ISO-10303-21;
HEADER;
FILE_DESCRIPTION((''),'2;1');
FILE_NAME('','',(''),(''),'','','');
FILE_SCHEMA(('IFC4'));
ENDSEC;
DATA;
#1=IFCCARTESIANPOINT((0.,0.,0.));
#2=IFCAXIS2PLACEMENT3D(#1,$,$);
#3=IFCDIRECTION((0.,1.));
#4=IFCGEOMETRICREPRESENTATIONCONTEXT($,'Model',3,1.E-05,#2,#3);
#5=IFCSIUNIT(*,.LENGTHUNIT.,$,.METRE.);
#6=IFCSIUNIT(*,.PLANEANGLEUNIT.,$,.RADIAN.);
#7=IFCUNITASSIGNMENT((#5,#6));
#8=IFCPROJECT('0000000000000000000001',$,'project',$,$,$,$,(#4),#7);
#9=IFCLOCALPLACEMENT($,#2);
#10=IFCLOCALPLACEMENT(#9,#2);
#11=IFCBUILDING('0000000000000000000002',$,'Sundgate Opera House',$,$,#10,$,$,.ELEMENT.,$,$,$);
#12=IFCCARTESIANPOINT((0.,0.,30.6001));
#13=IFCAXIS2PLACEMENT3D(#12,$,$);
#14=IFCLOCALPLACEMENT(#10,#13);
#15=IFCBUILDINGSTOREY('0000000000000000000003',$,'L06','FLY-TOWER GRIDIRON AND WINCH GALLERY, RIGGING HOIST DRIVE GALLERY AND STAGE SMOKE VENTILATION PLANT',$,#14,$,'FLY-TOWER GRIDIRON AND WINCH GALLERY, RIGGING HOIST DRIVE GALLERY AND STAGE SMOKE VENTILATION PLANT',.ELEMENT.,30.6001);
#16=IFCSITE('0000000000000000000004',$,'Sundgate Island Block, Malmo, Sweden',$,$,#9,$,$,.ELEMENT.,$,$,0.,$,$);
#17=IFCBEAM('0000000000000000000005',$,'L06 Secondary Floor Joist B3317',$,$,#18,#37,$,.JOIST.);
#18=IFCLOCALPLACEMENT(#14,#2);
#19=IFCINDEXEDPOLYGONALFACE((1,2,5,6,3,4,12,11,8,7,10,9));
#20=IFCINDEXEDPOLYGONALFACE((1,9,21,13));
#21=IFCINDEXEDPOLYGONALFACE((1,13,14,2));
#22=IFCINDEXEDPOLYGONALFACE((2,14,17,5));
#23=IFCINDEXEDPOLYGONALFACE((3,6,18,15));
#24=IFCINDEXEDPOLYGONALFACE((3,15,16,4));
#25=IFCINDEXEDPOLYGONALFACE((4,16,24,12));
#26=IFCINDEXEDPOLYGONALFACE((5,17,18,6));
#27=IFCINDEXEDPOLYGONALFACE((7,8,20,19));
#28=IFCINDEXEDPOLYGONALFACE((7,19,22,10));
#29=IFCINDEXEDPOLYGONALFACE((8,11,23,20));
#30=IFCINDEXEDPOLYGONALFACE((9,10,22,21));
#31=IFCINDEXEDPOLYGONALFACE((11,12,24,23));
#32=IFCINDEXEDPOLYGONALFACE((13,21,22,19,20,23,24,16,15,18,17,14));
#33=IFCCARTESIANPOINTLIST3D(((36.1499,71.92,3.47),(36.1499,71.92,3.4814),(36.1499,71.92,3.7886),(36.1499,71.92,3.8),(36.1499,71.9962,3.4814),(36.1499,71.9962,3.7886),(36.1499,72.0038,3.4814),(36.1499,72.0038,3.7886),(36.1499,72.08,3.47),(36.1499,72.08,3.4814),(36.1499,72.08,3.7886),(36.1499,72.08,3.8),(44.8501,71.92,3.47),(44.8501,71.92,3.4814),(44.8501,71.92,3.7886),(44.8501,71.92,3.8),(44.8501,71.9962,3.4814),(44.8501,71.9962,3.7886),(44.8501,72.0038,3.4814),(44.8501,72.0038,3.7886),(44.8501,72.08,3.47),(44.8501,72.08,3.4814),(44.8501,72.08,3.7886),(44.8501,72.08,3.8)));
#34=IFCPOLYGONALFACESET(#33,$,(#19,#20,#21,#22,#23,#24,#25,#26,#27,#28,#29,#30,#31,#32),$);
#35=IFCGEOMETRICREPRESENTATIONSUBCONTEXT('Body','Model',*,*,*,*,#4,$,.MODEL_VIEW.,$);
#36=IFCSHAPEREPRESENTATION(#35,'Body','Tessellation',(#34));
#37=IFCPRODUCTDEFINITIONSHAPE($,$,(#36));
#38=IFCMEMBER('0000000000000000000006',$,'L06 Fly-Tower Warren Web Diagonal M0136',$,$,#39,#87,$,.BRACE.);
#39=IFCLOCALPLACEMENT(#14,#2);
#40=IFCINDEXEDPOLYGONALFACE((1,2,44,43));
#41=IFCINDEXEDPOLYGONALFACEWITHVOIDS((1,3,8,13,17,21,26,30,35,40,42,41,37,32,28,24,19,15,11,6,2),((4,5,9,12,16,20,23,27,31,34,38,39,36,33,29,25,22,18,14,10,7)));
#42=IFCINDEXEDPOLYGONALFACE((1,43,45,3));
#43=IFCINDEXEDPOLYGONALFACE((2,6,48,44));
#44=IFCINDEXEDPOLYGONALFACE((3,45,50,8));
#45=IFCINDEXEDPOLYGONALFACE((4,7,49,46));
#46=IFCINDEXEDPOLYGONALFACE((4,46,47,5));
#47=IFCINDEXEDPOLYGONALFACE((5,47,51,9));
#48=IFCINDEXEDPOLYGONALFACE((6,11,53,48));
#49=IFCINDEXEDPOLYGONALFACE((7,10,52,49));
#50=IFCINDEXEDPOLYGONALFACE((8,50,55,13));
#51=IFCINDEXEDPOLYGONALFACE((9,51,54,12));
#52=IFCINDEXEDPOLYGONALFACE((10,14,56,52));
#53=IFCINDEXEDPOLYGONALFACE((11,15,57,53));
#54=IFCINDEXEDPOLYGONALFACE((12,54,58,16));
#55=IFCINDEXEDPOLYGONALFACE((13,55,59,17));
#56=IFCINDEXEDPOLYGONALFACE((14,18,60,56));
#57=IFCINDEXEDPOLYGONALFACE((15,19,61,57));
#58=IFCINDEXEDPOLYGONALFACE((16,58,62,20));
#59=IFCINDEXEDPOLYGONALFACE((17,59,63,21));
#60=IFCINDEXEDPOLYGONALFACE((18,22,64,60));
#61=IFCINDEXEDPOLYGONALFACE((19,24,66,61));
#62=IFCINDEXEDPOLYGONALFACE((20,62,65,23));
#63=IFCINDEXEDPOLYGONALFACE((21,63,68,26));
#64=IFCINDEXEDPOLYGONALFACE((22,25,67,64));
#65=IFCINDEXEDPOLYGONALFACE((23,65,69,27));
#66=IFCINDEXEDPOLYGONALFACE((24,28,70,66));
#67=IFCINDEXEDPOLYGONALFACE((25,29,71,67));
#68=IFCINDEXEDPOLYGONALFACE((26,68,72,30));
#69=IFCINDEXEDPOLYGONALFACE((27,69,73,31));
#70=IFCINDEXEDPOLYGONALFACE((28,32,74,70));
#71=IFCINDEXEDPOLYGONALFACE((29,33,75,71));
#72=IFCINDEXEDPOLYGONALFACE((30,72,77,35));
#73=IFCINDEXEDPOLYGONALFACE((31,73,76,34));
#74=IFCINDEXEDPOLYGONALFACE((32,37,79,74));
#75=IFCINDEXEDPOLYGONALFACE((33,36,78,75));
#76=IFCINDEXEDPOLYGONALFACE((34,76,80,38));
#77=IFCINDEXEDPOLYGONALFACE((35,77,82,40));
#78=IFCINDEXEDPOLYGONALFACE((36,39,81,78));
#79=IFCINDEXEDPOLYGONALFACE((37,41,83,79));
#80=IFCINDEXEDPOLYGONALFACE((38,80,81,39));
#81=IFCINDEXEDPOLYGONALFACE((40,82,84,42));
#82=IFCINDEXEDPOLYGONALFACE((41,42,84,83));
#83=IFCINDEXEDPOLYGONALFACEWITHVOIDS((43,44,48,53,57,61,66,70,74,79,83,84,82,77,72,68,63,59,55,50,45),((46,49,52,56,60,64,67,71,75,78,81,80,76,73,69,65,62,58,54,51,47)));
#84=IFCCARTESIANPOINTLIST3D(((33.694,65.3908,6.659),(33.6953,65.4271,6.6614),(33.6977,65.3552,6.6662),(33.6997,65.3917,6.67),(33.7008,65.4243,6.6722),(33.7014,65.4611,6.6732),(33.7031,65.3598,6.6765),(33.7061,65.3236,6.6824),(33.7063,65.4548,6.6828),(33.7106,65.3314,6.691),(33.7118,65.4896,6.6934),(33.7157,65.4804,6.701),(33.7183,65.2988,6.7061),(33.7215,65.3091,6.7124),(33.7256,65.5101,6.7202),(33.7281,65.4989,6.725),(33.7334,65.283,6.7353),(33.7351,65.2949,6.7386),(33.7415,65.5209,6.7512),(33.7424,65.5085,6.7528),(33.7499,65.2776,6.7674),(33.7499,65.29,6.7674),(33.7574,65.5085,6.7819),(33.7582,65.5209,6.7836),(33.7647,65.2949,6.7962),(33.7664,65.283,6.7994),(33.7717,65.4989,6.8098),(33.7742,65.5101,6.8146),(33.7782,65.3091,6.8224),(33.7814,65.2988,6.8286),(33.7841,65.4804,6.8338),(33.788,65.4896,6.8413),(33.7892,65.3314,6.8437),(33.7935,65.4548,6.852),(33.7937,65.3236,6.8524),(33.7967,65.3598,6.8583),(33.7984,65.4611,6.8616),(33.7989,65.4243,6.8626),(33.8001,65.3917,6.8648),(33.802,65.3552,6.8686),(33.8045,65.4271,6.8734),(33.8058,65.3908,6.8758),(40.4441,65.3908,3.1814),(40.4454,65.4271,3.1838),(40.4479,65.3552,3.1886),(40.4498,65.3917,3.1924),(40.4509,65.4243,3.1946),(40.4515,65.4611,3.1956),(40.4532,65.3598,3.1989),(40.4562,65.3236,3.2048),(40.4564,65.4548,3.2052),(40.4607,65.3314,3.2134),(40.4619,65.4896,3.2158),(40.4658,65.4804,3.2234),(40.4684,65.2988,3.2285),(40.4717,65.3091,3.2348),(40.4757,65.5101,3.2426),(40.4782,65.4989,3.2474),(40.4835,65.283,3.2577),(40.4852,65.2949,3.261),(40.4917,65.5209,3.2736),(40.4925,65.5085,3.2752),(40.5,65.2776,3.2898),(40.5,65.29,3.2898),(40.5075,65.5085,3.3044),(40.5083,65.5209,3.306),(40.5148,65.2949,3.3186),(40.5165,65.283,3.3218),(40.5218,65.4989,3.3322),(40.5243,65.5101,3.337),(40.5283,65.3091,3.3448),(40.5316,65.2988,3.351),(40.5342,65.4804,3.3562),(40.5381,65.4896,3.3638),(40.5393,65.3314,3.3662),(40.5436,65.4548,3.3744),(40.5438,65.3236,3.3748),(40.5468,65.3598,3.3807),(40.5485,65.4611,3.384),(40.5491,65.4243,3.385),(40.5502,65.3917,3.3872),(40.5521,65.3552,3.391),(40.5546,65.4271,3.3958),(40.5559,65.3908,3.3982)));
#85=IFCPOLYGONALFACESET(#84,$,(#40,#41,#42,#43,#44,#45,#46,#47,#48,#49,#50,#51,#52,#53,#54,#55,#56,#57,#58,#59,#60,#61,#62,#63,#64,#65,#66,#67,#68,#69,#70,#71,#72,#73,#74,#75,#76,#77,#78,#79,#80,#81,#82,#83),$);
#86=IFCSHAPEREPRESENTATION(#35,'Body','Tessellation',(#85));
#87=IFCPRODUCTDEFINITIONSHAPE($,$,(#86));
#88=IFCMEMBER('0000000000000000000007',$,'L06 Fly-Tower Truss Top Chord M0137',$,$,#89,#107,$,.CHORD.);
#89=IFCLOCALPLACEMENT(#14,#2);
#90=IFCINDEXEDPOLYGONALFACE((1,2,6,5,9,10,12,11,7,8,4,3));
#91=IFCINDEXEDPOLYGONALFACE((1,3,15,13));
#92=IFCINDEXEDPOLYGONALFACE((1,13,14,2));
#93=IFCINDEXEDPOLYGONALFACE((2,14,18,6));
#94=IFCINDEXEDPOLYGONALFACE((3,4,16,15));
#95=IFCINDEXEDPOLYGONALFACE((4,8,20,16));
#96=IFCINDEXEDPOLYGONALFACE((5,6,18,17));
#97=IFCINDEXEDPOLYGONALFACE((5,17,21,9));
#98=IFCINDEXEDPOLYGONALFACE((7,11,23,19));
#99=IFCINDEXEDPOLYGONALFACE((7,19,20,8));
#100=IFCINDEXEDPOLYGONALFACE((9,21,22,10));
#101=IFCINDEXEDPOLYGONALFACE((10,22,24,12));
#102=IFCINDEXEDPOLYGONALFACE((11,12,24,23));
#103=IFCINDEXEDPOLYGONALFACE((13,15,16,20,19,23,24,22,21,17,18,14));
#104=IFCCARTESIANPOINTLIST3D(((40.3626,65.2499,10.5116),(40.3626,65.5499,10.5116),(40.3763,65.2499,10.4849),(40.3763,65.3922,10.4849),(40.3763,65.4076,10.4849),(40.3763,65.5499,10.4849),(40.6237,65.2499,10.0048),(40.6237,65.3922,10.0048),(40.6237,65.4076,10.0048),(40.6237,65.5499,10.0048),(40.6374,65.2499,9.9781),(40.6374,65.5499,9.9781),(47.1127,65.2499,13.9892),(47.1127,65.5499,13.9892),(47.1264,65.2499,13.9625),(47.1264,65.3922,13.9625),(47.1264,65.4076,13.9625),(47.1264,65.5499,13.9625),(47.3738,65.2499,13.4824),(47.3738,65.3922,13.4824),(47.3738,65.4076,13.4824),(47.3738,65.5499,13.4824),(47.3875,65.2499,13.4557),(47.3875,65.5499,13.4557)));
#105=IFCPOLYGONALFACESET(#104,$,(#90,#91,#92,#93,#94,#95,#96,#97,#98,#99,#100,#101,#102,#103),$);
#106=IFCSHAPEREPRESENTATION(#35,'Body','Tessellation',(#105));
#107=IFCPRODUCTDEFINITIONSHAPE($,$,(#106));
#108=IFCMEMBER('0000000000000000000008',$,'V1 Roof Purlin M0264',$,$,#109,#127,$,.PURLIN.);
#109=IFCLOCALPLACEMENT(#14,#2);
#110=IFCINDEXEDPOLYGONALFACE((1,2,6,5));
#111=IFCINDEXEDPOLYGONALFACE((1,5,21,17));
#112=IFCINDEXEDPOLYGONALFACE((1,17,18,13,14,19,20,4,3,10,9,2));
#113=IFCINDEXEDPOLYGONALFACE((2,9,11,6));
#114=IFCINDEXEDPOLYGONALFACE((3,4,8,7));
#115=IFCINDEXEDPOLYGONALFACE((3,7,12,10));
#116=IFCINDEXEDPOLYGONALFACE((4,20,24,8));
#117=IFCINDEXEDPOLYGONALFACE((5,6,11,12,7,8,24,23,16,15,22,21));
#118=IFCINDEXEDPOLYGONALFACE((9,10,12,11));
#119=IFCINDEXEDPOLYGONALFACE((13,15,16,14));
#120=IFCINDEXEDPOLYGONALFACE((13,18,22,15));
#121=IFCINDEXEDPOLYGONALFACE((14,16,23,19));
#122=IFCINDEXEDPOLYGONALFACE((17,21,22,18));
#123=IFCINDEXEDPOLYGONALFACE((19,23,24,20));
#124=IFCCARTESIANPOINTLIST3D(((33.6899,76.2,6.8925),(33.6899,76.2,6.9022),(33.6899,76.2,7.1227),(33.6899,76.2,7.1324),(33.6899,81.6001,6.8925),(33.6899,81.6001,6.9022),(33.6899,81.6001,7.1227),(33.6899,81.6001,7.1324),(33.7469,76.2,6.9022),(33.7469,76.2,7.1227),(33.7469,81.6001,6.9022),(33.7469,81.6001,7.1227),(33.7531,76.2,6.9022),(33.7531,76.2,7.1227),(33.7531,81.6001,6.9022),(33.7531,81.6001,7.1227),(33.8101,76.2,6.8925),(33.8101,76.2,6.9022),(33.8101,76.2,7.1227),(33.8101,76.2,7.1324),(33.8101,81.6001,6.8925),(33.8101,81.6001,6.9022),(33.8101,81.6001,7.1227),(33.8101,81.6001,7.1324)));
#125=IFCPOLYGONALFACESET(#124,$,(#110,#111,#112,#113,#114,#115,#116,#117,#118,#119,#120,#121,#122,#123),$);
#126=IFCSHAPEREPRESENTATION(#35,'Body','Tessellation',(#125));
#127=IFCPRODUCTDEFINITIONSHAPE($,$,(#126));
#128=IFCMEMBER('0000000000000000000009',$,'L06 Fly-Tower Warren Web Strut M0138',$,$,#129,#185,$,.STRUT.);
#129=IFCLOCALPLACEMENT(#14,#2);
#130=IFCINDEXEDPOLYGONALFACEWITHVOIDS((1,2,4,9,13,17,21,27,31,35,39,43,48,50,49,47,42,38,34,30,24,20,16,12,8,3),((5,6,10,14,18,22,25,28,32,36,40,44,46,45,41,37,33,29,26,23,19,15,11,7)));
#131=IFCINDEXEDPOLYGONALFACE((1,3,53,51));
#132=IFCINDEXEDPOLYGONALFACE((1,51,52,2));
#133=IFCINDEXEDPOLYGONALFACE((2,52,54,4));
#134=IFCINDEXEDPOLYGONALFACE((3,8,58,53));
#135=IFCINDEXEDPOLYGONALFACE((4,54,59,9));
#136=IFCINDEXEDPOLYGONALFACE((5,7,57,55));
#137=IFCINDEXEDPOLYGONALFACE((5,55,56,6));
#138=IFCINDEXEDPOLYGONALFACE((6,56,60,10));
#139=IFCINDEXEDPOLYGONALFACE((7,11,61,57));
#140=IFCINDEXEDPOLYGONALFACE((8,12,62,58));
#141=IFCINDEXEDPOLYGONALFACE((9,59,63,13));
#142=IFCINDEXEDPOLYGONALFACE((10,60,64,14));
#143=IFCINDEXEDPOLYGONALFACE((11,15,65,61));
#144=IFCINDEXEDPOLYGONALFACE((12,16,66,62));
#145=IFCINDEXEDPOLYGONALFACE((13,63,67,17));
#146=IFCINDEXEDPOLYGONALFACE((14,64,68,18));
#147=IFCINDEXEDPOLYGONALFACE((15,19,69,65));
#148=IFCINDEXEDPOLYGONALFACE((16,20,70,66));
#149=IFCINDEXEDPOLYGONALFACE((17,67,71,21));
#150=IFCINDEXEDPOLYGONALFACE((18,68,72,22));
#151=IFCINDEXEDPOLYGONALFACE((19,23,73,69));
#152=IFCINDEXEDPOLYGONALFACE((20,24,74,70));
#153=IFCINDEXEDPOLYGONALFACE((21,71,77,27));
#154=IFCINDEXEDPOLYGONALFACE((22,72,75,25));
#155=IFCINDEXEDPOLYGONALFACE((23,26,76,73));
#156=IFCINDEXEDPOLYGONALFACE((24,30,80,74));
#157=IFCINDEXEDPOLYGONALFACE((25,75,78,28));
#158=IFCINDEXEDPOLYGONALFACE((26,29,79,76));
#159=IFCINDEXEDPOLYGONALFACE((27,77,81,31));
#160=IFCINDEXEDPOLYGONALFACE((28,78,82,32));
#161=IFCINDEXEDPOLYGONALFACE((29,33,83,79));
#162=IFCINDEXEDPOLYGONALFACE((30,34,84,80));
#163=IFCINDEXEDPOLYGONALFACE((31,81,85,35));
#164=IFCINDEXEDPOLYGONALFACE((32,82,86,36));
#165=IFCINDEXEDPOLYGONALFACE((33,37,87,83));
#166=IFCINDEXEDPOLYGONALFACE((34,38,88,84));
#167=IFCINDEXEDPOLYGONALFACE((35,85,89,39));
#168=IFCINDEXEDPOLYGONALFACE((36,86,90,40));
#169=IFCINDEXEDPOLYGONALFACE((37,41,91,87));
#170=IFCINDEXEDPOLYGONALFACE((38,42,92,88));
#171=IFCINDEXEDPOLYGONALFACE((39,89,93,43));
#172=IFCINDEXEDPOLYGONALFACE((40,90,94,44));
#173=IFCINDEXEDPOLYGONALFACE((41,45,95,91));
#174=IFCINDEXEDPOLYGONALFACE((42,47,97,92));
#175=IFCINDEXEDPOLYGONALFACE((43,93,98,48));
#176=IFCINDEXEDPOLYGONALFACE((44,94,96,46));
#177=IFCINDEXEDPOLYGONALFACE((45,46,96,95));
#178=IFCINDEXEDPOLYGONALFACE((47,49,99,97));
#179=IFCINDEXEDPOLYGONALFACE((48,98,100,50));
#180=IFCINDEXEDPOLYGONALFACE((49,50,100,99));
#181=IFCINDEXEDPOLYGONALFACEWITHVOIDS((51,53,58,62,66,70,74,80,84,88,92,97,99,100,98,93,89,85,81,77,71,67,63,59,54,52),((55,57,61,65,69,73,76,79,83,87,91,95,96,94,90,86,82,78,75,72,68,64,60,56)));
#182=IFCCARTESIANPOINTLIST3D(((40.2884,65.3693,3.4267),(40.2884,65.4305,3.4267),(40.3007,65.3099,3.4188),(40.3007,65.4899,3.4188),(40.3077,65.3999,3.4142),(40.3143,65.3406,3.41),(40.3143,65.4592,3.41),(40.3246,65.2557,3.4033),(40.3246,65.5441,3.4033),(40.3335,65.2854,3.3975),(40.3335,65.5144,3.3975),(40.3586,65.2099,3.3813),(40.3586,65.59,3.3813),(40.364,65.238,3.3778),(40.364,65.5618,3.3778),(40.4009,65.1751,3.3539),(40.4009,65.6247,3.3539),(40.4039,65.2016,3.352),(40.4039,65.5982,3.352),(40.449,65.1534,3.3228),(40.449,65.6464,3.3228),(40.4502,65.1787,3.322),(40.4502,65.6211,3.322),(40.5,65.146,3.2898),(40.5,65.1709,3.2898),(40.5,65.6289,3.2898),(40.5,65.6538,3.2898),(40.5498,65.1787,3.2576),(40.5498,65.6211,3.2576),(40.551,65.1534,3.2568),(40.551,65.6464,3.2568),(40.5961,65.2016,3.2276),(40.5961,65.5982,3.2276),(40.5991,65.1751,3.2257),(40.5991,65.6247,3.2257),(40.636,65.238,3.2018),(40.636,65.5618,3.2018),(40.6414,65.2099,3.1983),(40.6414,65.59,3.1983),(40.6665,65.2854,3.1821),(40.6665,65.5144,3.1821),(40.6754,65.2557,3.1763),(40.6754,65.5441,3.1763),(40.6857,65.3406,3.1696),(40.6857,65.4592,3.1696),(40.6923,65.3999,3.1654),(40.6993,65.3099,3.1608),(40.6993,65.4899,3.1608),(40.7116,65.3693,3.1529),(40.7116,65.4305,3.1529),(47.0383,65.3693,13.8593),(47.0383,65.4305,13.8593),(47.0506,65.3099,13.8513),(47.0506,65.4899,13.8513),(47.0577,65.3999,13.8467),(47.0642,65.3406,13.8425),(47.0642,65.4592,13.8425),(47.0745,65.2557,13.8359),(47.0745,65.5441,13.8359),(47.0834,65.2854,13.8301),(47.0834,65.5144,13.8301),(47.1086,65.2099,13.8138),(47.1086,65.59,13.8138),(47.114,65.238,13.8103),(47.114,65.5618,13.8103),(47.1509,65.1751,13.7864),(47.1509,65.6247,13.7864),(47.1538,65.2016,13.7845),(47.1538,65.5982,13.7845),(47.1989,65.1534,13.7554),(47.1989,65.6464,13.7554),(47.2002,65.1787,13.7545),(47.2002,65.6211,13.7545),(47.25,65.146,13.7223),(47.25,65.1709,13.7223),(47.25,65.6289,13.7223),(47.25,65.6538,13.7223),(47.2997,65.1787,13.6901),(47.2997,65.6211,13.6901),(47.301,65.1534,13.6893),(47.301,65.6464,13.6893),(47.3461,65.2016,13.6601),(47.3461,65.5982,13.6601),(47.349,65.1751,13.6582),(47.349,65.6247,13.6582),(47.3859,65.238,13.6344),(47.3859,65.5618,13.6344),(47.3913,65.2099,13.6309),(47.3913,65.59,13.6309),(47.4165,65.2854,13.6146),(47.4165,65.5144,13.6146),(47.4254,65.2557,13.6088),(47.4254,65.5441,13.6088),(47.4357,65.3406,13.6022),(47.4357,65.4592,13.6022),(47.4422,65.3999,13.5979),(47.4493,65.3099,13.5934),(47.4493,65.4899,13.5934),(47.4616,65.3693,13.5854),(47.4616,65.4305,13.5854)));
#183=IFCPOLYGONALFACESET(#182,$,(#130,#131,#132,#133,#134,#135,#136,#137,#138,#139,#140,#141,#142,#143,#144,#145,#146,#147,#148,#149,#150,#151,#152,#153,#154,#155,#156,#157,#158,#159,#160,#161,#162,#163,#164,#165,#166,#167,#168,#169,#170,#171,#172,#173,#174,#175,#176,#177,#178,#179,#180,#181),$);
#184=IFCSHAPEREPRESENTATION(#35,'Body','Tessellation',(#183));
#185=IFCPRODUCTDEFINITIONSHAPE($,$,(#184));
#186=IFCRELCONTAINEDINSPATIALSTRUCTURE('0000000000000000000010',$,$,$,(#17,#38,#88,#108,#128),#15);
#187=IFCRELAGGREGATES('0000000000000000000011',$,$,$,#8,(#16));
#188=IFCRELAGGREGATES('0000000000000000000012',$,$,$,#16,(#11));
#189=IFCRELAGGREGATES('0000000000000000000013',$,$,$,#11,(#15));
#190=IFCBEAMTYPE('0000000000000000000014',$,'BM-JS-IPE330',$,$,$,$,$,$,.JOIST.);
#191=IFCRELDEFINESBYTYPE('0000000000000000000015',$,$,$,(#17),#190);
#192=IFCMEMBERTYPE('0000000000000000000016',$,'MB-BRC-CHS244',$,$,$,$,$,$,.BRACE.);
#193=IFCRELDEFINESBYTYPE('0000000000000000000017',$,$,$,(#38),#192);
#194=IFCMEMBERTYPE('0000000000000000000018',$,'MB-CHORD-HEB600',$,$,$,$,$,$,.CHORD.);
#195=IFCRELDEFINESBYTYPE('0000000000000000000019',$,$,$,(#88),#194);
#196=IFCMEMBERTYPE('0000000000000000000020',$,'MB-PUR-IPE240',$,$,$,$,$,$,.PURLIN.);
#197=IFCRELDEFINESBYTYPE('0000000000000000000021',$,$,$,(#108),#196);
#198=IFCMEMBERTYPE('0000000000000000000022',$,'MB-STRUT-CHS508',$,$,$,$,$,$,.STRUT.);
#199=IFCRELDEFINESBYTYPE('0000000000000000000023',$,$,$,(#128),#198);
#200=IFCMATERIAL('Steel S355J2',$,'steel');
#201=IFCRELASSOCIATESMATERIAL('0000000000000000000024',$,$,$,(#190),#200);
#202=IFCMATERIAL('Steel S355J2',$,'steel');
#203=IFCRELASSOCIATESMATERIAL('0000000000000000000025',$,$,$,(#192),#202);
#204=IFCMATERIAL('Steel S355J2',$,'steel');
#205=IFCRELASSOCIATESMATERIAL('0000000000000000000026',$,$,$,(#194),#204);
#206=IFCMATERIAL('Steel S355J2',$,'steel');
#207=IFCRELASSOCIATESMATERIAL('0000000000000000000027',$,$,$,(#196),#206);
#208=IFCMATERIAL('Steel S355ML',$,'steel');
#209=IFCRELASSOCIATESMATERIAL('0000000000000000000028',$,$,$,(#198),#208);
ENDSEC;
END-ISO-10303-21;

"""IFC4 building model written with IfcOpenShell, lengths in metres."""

from ifc_helpers import new_model, si_unit, direction, frame, origin, origin_2d, place, context, subcontext, project, spatial, hollow_circle, i_section, extrude, material, material_profile, profile_set, type_object, element, save


model = new_model("IFC4")

# Units and contexts
model_context = context("Model", 3, precision=1e-05, world=origin(), true_north=direction((0.0, 1.0)))
body_context = subcontext(model_context, "Body", "Model", "MODEL_VIEW")
ifc_project = project(units=[si_unit("LENGTHUNIT", "METRE"), si_unit("PLANEANGLEUNIT", "RADIAN")], contexts=[model_context])

# Site, building, storey
site_placement = place(None, origin())
site = spatial("IfcSite", under=ifc_project, at=site_placement, Name="Sundgate Island Block, Malmo, Sweden", CompositionType="ELEMENT", RefElevation=0.0)
building_placement = place(site_placement, origin())
building = spatial("IfcBuilding", under=site, at=building_placement, Name="Sundgate Opera House", CompositionType="ELEMENT")
storey_placement = place(building_placement, frame((0.0, 0.0, 30.6001)))
storey = spatial("IfcBuildingStorey", under=building, at=storey_placement, Name="L06", Description="FLY-TOWER GRIDIRON AND WINCH GALLERY, RIGGING HOIST DRIVE GALLERY AND STAGE SMOKE VENTILATION PLANT", LongName="FLY-TOWER GRIDIRON AND WINCH GALLERY, RIGGING HOIST DRIVE GALLERY AND STAGE SMOKE VENTILATION PLANT", CompositionType="ELEMENT", Elevation=30.6001)

# Beam
ifc_material_1 = material(Name="Steel S355J2", Category="steel")
ifc_material_profile_1 = material_profile(ifc_material_1, i_section(OverallWidth=0.1599, OverallDepth=0.3301, WebThickness=0.0076, FlangeThickness=0.0115, at=origin_2d()), Name="IPE 330")
ifc_profile_set_1 = profile_set([ifc_material_profile_1], Name="Steel S355J2")
beam_type_1 = type_object("IfcBeamType", Name="BM-JS-IPE330", PredefinedType="JOIST", material=ifc_profile_set_1)
for number, where, z_axis, x_axis, name in (
    (1, (36.1499, 72.0, 3.635), (1.0, 0.0, 0.0), (0.0, 1.0, 0.0), "L06 Secondary Floor Joist B3317"),
):
    element("IfcBeam", number, at=place(storey_placement, frame(where, z_axis=z_axis, x_axis=x_axis)), inside=storey, type_object=beam_type_1, Name=name, PredefinedType="JOIST", context=body_context, shape_type="SweptSolid", body=[
        extrude(i_section(OverallWidth=0.1599, OverallDepth=0.3301, WebThickness=0.0076, FlangeThickness=0.0115, at=origin_2d()), origin(), (0.0, 0.0, 1.0), 8.7002),
    ])

# Members
ifc_material_2 = material(Name="Steel S355J2", Category="steel")
ifc_material_profile_2 = material_profile(ifc_material_2, hollow_circle(Radius=0.1223, WallThickness=0.0125, at=origin_2d()), Name="CHS 244.5x12.5")
ifc_profile_set_2 = profile_set([ifc_material_profile_2], Name="Steel S355J2")
member_type_1 = type_object("IfcMemberType", Name="MB-BRC-CHS244", PredefinedType="BRACE", material=ifc_profile_set_2)
member_1_placement = place(storey_placement, frame((40.5, 65.3999, 3.2898), z_axis=(-0.88896, 0.0, 0.457984), x_axis=(0.0, -1.0, 0.0)))
element("IfcMember", 2, at=member_1_placement, inside=storey, type_object=member_type_1, Name="L06 Fly-Tower Warren Web Diagonal M0136", PredefinedType="BRACE", context=body_context, shape_type="SweptSolid", body=[
    extrude(hollow_circle(Radius=0.1223, WallThickness=0.0125, at=origin_2d()), origin(), (0.0, 0.0, 1.0), 7.5933),
])
ifc_material_3 = material(Name="Steel S355J2", Category="steel")
ifc_material_profile_3 = material_profile(ifc_material_3, i_section(OverallWidth=0.3, OverallDepth=0.6001, WebThickness=0.0154, FlangeThickness=0.03, at=origin_2d()), Name="HEB 600")
ifc_profile_set_3 = profile_set([ifc_material_profile_3], Name="Steel S355J2")
member_type_2 = type_object("IfcMemberType", Name="MB-CHORD-HEB600", PredefinedType="CHORD", material=ifc_profile_set_3)
member_2_placement = place(storey_placement, frame((40.5, 65.3999, 10.2449), z_axis=(0.88896, 0.0, 0.457984), x_axis=(0.0, 1.0, 0.0)))
element("IfcMember", 3, at=member_2_placement, inside=storey, type_object=member_type_2, Name="L06 Fly-Tower Truss Top Chord M0137", PredefinedType="CHORD", context=body_context, shape_type="SweptSolid", body=[
    extrude(i_section(OverallWidth=0.3, OverallDepth=0.6001, WebThickness=0.0154, FlangeThickness=0.03, at=origin_2d()), origin(), (0.0, 0.0, 1.0), 7.5933),
])
ifc_material_4 = material(Name="Steel S355J2", Category="steel")
ifc_material_profile_4 = material_profile(ifc_material_4, i_section(OverallWidth=0.1201, OverallDepth=0.24, WebThickness=0.0061, FlangeThickness=0.0098, at=origin_2d()), Name="IPE 240")
ifc_profile_set_4 = profile_set([ifc_material_profile_4], Name="Steel S355J2")
member_type_3 = type_object("IfcMemberType", Name="MB-PUR-IPE240", PredefinedType="PURLIN", material=ifc_profile_set_4)
member_3_placement = place(storey_placement, frame((33.75, 76.2, 7.0125), z_axis=(0.0, 1.0, 0.0), x_axis=(-1.0, 0.0, 0.0)))
element("IfcMember", 4, at=member_3_placement, inside=storey, type_object=member_type_3, Name="V1 Roof Purlin M0264", PredefinedType="PURLIN", context=body_context, shape_type="SweptSolid", body=[
    extrude(i_section(OverallWidth=0.1201, OverallDepth=0.24, WebThickness=0.0061, FlangeThickness=0.0098, at=origin_2d()), origin(), (0.0, 0.0, 1.0), 5.4001),
])
ifc_material_5 = material(Name="Steel S355ML", Category="steel")
ifc_material_profile_5 = material_profile(ifc_material_5, hollow_circle(Radius=0.2539, WallThickness=0.0249, at=origin_2d()), Name="CHS 508x25.0")
ifc_profile_set_5 = profile_set([ifc_material_profile_5], Name="Steel S355ML")
member_type_4 = type_object("IfcMemberType", Name="MB-STRUT-CHS508", PredefinedType="STRUT", material=ifc_profile_set_5)
member_4_placement = place(storey_placement, frame((40.5, 65.3999, 3.2898), z_axis=(0.543222, 0.0, 0.839589), x_axis=(0.0, 1.0, 0.0)))
element("IfcMember", 5, at=member_4_placement, inside=storey, type_object=member_type_4, Name="L06 Fly-Tower Warren Web Strut M0138", PredefinedType="STRUT", context=body_context, shape_type="SweptSolid", body=[
    extrude(hollow_circle(Radius=0.2539, WallThickness=0.0249, at=origin_2d()), origin(), (0.0, 0.0, 1.0), 12.4258),
])

save(model, "model.ifc")
